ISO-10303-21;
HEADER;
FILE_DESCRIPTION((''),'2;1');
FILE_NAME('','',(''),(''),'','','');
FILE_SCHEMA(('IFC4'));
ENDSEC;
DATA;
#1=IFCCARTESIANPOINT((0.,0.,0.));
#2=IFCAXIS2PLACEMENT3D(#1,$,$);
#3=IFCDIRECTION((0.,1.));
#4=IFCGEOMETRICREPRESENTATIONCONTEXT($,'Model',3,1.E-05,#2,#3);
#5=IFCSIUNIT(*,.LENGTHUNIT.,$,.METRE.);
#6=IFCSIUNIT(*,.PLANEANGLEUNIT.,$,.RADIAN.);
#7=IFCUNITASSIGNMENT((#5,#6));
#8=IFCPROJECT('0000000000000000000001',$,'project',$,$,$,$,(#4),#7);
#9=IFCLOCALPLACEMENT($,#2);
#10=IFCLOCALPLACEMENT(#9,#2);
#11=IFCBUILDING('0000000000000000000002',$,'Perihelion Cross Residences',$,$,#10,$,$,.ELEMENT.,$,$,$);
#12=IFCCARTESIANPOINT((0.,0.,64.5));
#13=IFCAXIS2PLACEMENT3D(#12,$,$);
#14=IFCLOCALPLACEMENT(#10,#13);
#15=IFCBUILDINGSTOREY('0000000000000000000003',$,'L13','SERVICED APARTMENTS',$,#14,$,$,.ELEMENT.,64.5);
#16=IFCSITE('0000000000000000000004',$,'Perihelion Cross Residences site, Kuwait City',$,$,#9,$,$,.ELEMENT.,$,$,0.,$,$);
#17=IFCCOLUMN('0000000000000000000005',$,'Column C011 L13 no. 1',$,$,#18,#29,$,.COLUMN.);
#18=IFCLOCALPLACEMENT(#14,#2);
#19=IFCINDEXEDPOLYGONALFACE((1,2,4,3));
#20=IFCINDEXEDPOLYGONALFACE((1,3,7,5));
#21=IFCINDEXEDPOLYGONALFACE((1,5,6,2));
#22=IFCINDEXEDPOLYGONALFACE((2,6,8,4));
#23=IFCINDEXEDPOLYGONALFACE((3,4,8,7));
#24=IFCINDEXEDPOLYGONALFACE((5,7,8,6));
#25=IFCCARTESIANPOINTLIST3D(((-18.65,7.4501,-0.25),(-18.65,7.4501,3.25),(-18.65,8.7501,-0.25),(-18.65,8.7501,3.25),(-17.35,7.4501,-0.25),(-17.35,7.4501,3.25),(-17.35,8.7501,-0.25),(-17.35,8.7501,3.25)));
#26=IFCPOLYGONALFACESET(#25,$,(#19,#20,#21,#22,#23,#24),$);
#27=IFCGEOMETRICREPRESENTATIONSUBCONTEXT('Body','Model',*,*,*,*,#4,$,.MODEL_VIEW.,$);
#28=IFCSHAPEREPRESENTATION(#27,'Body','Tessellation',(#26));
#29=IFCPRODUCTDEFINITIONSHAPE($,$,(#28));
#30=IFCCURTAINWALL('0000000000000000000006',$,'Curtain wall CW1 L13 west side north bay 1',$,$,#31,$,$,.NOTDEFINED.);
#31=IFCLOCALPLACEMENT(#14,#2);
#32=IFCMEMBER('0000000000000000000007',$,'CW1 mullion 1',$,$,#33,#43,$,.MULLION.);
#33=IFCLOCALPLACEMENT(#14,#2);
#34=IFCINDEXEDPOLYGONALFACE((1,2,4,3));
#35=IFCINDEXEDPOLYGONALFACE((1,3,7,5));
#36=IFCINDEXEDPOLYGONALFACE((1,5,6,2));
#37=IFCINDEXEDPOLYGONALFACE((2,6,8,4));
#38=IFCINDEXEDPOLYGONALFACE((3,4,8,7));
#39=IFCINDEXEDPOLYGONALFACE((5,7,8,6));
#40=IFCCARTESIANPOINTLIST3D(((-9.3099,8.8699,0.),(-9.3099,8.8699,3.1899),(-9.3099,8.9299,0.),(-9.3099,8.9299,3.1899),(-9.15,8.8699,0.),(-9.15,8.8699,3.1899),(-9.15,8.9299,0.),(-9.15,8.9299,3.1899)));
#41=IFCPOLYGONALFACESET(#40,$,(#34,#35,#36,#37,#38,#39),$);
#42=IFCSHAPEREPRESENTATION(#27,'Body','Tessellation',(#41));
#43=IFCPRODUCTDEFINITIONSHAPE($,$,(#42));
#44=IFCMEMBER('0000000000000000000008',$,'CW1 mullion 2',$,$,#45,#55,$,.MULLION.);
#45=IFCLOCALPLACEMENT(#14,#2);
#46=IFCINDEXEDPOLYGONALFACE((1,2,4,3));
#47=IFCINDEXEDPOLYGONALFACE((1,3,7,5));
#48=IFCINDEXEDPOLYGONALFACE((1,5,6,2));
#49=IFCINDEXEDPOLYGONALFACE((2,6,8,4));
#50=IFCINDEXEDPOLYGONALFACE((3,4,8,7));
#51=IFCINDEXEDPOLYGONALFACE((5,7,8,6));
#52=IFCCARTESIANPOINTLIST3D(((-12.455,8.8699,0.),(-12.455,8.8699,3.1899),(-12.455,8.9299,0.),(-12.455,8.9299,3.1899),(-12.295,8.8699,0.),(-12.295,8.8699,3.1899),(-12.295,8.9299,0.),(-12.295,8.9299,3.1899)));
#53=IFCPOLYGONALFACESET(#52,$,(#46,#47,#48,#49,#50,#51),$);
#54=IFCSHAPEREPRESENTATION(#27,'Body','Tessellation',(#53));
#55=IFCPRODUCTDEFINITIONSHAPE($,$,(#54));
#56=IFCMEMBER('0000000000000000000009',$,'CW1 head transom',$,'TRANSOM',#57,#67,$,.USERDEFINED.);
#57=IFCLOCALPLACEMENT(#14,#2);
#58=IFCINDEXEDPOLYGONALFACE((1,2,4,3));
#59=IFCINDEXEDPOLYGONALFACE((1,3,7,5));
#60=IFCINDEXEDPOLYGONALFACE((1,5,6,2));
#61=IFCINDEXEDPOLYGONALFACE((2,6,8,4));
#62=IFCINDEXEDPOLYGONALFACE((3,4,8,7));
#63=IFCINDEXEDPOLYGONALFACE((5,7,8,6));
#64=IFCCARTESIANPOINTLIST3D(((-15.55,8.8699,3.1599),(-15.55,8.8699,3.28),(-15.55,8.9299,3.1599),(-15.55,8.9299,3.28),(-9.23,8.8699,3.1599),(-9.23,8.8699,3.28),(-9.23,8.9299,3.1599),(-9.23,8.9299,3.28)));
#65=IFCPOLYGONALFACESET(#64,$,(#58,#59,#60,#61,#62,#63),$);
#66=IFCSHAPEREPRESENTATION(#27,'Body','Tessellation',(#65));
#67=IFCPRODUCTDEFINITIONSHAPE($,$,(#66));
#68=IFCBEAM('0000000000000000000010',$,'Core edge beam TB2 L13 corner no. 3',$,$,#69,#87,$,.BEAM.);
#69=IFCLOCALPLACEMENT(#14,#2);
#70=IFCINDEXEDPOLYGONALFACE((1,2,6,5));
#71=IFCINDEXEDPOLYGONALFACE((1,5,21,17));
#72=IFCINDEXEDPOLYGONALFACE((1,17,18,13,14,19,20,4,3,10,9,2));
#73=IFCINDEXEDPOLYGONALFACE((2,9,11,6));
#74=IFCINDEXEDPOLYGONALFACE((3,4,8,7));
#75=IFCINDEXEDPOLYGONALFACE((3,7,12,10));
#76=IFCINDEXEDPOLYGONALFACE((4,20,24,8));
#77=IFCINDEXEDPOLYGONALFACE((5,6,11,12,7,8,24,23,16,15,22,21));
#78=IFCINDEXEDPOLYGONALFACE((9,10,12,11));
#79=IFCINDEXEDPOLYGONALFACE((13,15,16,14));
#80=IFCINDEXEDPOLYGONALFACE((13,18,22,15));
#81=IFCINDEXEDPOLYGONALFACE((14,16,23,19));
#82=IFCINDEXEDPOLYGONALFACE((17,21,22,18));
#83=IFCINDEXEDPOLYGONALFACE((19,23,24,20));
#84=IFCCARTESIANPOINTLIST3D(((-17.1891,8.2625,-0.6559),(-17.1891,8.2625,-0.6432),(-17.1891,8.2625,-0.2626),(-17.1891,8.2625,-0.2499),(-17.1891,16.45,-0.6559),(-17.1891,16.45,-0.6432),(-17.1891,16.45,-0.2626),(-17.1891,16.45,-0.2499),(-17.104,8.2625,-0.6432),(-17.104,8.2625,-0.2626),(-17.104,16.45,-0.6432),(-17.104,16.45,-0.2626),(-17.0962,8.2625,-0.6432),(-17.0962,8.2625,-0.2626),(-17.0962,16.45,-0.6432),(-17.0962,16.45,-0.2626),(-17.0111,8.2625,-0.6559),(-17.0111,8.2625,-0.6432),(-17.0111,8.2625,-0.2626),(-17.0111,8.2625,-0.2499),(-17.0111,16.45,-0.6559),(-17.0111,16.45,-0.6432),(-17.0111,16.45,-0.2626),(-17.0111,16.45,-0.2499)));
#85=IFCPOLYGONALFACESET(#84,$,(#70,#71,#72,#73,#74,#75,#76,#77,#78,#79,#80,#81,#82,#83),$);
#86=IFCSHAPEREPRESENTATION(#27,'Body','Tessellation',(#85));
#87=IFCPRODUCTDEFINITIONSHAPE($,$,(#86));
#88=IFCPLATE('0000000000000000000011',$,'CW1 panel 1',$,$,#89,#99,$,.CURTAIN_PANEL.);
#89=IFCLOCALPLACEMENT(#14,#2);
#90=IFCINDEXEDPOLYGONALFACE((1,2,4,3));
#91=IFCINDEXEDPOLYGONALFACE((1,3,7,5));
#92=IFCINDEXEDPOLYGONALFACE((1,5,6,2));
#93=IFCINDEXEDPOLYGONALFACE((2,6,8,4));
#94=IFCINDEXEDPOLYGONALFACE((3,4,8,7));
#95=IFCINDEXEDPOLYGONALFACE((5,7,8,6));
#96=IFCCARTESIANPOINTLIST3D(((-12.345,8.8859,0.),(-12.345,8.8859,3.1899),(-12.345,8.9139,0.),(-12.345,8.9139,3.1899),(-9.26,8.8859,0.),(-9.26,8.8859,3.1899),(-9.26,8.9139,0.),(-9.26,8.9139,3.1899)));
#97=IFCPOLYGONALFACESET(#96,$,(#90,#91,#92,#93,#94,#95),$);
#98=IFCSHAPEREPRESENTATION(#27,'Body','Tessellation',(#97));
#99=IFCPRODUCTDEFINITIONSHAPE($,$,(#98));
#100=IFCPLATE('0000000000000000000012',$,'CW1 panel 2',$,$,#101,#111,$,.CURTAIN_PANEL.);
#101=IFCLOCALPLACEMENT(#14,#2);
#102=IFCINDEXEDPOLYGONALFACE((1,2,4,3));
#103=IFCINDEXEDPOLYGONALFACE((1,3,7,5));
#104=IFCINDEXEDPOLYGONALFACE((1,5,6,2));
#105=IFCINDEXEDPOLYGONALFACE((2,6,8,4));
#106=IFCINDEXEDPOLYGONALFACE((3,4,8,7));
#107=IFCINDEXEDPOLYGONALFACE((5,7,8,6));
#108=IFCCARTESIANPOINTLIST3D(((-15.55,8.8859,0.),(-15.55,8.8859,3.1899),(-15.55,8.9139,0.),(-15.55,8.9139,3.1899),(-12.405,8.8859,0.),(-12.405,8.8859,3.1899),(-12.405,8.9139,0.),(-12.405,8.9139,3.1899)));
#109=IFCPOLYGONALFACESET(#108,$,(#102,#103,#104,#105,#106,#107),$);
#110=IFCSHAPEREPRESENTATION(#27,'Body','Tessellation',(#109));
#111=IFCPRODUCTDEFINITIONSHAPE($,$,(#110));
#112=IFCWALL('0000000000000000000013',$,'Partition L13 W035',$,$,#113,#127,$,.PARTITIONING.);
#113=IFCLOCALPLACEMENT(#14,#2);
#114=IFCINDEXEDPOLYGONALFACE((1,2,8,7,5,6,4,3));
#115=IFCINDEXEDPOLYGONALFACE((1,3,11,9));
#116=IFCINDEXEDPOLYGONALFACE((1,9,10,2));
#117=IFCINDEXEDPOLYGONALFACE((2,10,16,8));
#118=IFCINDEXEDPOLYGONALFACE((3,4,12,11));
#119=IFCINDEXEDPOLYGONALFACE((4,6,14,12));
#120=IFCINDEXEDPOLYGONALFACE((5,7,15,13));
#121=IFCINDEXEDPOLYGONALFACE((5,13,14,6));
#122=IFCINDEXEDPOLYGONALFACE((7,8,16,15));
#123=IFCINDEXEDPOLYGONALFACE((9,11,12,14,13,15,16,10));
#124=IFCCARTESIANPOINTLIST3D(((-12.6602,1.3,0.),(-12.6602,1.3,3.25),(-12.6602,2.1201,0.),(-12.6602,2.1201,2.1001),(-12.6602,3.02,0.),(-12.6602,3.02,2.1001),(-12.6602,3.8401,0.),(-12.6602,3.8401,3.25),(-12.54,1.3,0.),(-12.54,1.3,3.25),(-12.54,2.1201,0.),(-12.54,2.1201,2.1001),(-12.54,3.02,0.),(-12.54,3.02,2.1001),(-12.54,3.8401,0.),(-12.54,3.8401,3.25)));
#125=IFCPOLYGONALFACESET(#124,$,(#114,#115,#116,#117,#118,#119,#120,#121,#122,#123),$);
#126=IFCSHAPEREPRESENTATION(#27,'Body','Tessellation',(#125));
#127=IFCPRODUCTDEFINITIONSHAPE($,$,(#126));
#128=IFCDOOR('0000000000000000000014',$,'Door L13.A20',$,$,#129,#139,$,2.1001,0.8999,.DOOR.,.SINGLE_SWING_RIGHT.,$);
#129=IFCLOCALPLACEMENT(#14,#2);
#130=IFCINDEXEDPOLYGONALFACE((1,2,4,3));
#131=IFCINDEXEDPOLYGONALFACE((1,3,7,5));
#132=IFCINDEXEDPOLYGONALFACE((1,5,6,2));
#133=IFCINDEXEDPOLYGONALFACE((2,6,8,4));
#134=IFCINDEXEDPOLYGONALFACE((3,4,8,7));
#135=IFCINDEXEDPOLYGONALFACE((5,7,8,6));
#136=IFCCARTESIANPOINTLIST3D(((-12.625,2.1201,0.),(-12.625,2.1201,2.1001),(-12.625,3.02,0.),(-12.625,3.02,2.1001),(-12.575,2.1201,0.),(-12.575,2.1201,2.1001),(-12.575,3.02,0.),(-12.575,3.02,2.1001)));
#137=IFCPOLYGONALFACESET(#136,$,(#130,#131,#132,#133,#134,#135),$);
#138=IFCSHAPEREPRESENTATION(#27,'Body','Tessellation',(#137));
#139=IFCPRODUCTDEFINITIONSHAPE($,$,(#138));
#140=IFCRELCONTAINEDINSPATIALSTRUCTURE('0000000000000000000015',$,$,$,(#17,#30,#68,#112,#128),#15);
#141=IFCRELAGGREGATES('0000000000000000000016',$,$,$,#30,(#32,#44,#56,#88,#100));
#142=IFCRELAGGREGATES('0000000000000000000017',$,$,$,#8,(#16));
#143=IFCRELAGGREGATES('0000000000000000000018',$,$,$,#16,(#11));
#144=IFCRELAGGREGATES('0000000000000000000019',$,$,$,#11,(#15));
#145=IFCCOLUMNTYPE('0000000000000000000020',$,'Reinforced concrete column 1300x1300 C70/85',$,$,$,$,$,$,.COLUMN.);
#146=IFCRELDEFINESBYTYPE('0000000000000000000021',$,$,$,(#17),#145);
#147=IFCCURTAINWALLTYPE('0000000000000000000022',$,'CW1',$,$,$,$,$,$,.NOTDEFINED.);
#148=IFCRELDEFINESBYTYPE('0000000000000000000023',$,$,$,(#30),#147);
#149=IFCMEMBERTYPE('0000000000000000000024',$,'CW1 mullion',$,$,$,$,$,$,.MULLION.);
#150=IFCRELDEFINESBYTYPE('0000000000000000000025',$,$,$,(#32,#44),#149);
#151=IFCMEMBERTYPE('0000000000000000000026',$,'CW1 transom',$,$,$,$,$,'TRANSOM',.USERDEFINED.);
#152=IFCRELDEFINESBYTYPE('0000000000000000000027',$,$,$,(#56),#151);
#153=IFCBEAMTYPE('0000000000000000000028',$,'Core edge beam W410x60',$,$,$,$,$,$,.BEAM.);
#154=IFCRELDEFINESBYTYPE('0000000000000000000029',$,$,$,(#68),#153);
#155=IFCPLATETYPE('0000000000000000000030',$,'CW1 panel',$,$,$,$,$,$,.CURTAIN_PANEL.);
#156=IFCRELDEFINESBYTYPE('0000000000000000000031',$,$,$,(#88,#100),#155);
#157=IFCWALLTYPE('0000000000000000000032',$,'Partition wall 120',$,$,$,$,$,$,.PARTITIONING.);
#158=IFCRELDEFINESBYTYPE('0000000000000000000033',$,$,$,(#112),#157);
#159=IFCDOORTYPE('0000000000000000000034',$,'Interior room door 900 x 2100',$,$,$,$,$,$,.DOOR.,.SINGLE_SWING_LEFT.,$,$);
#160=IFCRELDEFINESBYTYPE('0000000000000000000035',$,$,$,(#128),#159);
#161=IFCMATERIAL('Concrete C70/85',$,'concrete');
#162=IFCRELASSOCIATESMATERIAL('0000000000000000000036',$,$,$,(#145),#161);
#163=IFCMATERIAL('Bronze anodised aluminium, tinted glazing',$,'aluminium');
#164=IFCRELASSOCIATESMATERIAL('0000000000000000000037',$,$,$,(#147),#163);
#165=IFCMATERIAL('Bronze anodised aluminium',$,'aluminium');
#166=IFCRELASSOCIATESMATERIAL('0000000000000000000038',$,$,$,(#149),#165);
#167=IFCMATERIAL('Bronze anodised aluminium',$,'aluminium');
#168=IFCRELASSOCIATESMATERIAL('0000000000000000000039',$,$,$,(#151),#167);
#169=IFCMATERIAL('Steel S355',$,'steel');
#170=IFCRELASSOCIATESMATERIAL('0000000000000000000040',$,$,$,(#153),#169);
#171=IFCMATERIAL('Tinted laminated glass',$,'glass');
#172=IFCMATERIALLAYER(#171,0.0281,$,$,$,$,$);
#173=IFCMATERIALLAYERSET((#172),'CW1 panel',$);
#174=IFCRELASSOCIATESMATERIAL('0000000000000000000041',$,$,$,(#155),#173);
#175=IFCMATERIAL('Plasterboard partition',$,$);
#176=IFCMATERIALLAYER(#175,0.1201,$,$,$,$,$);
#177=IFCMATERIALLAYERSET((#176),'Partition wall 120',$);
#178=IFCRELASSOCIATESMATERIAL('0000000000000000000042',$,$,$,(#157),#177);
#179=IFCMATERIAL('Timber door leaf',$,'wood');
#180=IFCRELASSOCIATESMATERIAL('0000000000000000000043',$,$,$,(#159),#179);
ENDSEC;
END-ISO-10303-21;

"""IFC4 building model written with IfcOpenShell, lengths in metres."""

from ifc_helpers import new_model, si_unit, direction, frame, frame_2d, origin, origin_2d, place, context, subcontext, project, spatial, rectangle, i_section, extrude, material, layer, layer_set, material_profile, profile_set, type_object, element, fill, aggregate, save


model = new_model("IFC4")

# Units and contexts
model_context = context("Model", 3, precision=1e-05, world=origin(), true_north=direction((0.0, 1.0)))
body_context = subcontext(model_context, "Body", "Model", "MODEL_VIEW")
ifc_project = project(units=[si_unit("LENGTHUNIT", "METRE"), si_unit("PLANEANGLEUNIT", "RADIAN")], contexts=[model_context])

# Site, building, storey
site_placement = place(None, origin())
site = spatial("IfcSite", under=ifc_project, at=site_placement, Name="Perihelion Cross Residences site, Kuwait City", CompositionType="ELEMENT", RefElevation=0.0)
building_placement = place(site_placement, origin())
building = spatial("IfcBuilding", under=site, at=building_placement, Name="Perihelion Cross Residences", CompositionType="ELEMENT")
storey_placement = place(building_placement, frame((0.0, 0.0, 64.5)))
storey = spatial("IfcBuildingStorey", under=building, at=storey_placement, Name="L13", Description="SERVICED APARTMENTS", CompositionType="ELEMENT", Elevation=64.5)

# Column
ifc_material_1 = material(Name="Concrete C70/85", Category="concrete")
ifc_material_profile_1 = material_profile(ifc_material_1, rectangle(XDim=1.3, YDim=1.3, at=origin_2d()), Name="RC 1300x1300")
ifc_profile_set_1 = profile_set([ifc_material_profile_1], Name="Concrete C70/85")
column_type = type_object("IfcColumnType", Name="Reinforced concrete column 1300x1300 C70/85", PredefinedType="COLUMN", material=ifc_profile_set_1)
column_placement = place(storey_placement, frame((-18.0, 8.1001, -0.25), z_axis=(0.0, 0.0, 1.0), x_axis=(1.0, 0.0, 0.0)))
element("IfcColumn", 1, at=column_placement, inside=storey, type_object=column_type, Name="Column C011 L13 no. 1", PredefinedType="COLUMN", context=body_context, shape_type="SweptSolid", body=[
    extrude(rectangle(XDim=1.3, YDim=1.3, at=origin_2d()), origin(), (0.0, 0.0, 1.0), 3.5),
])

# Curtain wall, members
ifc_material_2 = material(Name="Bronze anodised aluminium, tinted glazing", Category="aluminium")
curtain_wall_type = type_object("IfcCurtainWallType", Name="CW1", PredefinedType="NOTDEFINED", material=ifc_material_2)
curtain_wall_placement = place(storey_placement, origin())
curtain_wall = element("IfcCurtainWall", 2, at=curtain_wall_placement, inside=storey, type_object=curtain_wall_type, Name="Curtain wall CW1 L13 west side north bay 1", PredefinedType="NOTDEFINED")
ifc_material_3 = material(Name="Bronze anodised aluminium", Category="aluminium")
ifc_material_profile_2 = material_profile(ifc_material_3, rectangle(XDim=0.0601, YDim=0.1599, at=origin_2d()), Name="CW1 mullion")
ifc_profile_set_2 = profile_set([ifc_material_profile_2], Name="Bronze anodised aluminium")
member_type_1 = type_object("IfcMemberType", Name="CW1 mullion", PredefinedType="MULLION", material=ifc_profile_set_2)
member_1_placement = place(storey_placement, frame((-9.23, 8.8999, 0.0), z_axis=(0.0, 0.0, 1.0), x_axis=(0.0, -1.0, 0.0)))
member_1 = element("IfcMember", 3, at=member_1_placement, type_object=member_type_1, Name="CW1 mullion 1", PredefinedType="MULLION", context=body_context, shape_type="SweptSolid", body=[
    extrude(rectangle(XDim=0.0601, YDim=0.1599, at=origin_2d()), origin(), (0.0, 0.0, 1.0), 3.1899),
])
member_2_placement = place(storey_placement, frame((-12.375, 8.8999, 0.0), z_axis=(0.0, 0.0, 1.0), x_axis=(0.0, -1.0, 0.0)))
member_2 = element("IfcMember", 4, at=member_2_placement, type_object=member_type_1, Name="CW1 mullion 2", PredefinedType="MULLION", context=body_context, shape_type="SweptSolid", body=[
    extrude(rectangle(XDim=0.0601, YDim=0.1599, at=origin_2d()), origin(), (0.0, 0.0, 1.0), 3.1899),
])
ifc_material_4 = material(Name="Bronze anodised aluminium", Category="aluminium")
ifc_material_profile_3 = material_profile(ifc_material_4, rectangle(XDim=0.0601, YDim=0.1201, at=origin_2d()), Name="CW1 transom")
ifc_profile_set_3 = profile_set([ifc_material_profile_3], Name="Bronze anodised aluminium")
member_type_2 = type_object("IfcMemberType", Name="CW1 transom", ElementType="TRANSOM", PredefinedType="USERDEFINED", material=ifc_profile_set_3)
member_3_placement = place(storey_placement, frame((-9.23, 8.8999, 3.22), z_axis=(-1.0, 0.0, 0.0), x_axis=(0.0, -1.0, 0.0)))
member_3 = element("IfcMember", 5, at=member_3_placement, type_object=member_type_2, Name="CW1 head transom", ObjectType="TRANSOM", PredefinedType="USERDEFINED", context=body_context, shape_type="SweptSolid", body=[
    extrude(rectangle(XDim=0.0601, YDim=0.1201, at=origin_2d()), origin(), (0.0, 0.0, 1.0), 6.3201),
])

# Beam
ifc_material_5 = material(Name="Steel S355", Category="steel")
ifc_material_profile_4 = material_profile(ifc_material_5, i_section(OverallWidth=0.178, OverallDepth=0.406, WebThickness=0.0078, FlangeThickness=0.0127, at=origin_2d()), Name="W410x60")
ifc_profile_set_4 = profile_set([ifc_material_profile_4], Name="Steel S355")
beam_type = type_object("IfcBeamType", Name="Core edge beam W410x60", PredefinedType="BEAM", material=ifc_profile_set_4)
beam_placement = place(storey_placement, frame((-17.1001, 8.2625, -0.4529), z_axis=(0.0, 1.0, 0.0), x_axis=(-1.0, 0.0, 0.0)))
element("IfcBeam", 6, at=beam_placement, inside=storey, type_object=beam_type, Name="Core edge beam TB2 L13 corner no. 3", PredefinedType="BEAM", context=body_context, shape_type="SweptSolid", body=[
    extrude(i_section(OverallWidth=0.178, OverallDepth=0.406, WebThickness=0.0078, FlangeThickness=0.0127, at=origin_2d()), origin(), (0.0, 0.0, 1.0), 8.1875),
])

# Plates
ifc_material_6 = material(Name="Tinted laminated glass", Category="glass")
ifc_layer_1 = layer(ifc_material_6, 0.0281)
ifc_layer_set_1 = layer_set([ifc_layer_1], Name="CW1 panel")
plate_type = type_object("IfcPlateType", Name="CW1 panel", PredefinedType="CURTAIN_PANEL", material=ifc_layer_set_1)
plate_1_placement = place(storey_placement, frame((-10.8025, 8.8999, 0.0), z_axis=(0.0, 0.0, 1.0), x_axis=(-1.0, 0.0, 0.0)))
plate_1 = element("IfcPlate", 7, at=plate_1_placement, type_object=plate_type, Name="CW1 panel 1", PredefinedType="CURTAIN_PANEL", context=body_context, shape_type="SweptSolid", body=[
    extrude(rectangle(XDim=3.085, YDim=0.0281, at=origin_2d()), origin(), (0.0, 0.0, 1.0), 3.1899),
])
plate_2_placement = place(storey_placement, frame((-13.9775, 8.8999, 0.0), z_axis=(0.0, 0.0, 1.0), x_axis=(-1.0, 0.0, 0.0)))
plate_2 = element("IfcPlate", 8, at=plate_2_placement, type_object=plate_type, Name="CW1 panel 2", PredefinedType="CURTAIN_PANEL", context=body_context, shape_type="SweptSolid", body=[
    extrude(rectangle(XDim=3.145, YDim=0.0281, at=origin_2d()), origin(), (0.0, 0.0, 1.0), 3.1899),
])
aggregate(curtain_wall, [member_1, member_2, member_3, plate_1, plate_2])

# Wall, opening, door
ifc_material_7 = material(Name="Plasterboard partition")
ifc_layer_2 = layer(ifc_material_7, 0.1201)
ifc_layer_set_2 = layer_set([ifc_layer_2], Name="Partition wall 120")
wall_type_1 = type_object("IfcWallType", Name="Partition wall 120", PredefinedType="PARTITIONING", material=ifc_layer_set_2)
wall_1_placement = place(storey_placement, frame((-12.6001, 1.3, 0.0), z_axis=(0.0, 0.0, 1.0), x_axis=(0.0, 1.0, 0.0)))
wall_1 = element("IfcWall", 9, at=wall_1_placement, inside=storey, type_object=wall_type_1, Name="Partition L13 W035", PredefinedType="PARTITIONING", context=body_context, shape_type="SweptSolid", body=[
    extrude(rectangle(XDim=2.54, YDim=0.1201, at=frame_2d((1.27, 0.0))), origin(), (0.0, 0.0, 1.0), 3.25),
])
opening_1_placement = place(wall_1_placement, frame((0.8201, 0.0, 0.0)))
opening_1 = element("IfcOpeningElement", 10, at=opening_1_placement, cuts=wall_1, PredefinedType="OPENING", context=body_context, shape_type="SweptSolid", body=[
    extrude(rectangle(XDim=0.8999, YDim=2.1001, at=frame_2d((0.45, 1.05))), frame((0.0, 0.0701, 0.0), z_axis=(0.0, -1.0, 0.0), x_axis=(1.0, 0.0, 0.0)), (0.0, 0.0, 1.0), 0.1401),
])
ifc_material_8 = material(Name="Timber door leaf", Category="wood")
door_type_1 = type_object("IfcDoorType", Name="Interior room door 900 x 2100", OperationType="SINGLE_SWING_LEFT", PredefinedType="DOOR", material=ifc_material_8)
door_1_placement = place(opening_1_placement, origin())
door_1 = element("IfcDoor", 11, at=door_1_placement, inside=storey, type_object=door_type_1, Name="Door L13.A20", OperationType="SINGLE_SWING_RIGHT", OverallHeight=2.1001, OverallWidth=0.8999, PredefinedType="DOOR", context=body_context, shape_type="SweptSolid", body=[
    extrude(rectangle(XDim=0.8999, YDim=2.1001, at=frame_2d((0.45, 1.05))), frame((0.0, 0.0249, 0.0), z_axis=(0.0, -1.0, 0.0), x_axis=(1.0, 0.0, 0.0)), (0.0, 0.0, 1.0), 0.05),
])
fill(opening_1, door_1)

save(model, "model.ifc")
